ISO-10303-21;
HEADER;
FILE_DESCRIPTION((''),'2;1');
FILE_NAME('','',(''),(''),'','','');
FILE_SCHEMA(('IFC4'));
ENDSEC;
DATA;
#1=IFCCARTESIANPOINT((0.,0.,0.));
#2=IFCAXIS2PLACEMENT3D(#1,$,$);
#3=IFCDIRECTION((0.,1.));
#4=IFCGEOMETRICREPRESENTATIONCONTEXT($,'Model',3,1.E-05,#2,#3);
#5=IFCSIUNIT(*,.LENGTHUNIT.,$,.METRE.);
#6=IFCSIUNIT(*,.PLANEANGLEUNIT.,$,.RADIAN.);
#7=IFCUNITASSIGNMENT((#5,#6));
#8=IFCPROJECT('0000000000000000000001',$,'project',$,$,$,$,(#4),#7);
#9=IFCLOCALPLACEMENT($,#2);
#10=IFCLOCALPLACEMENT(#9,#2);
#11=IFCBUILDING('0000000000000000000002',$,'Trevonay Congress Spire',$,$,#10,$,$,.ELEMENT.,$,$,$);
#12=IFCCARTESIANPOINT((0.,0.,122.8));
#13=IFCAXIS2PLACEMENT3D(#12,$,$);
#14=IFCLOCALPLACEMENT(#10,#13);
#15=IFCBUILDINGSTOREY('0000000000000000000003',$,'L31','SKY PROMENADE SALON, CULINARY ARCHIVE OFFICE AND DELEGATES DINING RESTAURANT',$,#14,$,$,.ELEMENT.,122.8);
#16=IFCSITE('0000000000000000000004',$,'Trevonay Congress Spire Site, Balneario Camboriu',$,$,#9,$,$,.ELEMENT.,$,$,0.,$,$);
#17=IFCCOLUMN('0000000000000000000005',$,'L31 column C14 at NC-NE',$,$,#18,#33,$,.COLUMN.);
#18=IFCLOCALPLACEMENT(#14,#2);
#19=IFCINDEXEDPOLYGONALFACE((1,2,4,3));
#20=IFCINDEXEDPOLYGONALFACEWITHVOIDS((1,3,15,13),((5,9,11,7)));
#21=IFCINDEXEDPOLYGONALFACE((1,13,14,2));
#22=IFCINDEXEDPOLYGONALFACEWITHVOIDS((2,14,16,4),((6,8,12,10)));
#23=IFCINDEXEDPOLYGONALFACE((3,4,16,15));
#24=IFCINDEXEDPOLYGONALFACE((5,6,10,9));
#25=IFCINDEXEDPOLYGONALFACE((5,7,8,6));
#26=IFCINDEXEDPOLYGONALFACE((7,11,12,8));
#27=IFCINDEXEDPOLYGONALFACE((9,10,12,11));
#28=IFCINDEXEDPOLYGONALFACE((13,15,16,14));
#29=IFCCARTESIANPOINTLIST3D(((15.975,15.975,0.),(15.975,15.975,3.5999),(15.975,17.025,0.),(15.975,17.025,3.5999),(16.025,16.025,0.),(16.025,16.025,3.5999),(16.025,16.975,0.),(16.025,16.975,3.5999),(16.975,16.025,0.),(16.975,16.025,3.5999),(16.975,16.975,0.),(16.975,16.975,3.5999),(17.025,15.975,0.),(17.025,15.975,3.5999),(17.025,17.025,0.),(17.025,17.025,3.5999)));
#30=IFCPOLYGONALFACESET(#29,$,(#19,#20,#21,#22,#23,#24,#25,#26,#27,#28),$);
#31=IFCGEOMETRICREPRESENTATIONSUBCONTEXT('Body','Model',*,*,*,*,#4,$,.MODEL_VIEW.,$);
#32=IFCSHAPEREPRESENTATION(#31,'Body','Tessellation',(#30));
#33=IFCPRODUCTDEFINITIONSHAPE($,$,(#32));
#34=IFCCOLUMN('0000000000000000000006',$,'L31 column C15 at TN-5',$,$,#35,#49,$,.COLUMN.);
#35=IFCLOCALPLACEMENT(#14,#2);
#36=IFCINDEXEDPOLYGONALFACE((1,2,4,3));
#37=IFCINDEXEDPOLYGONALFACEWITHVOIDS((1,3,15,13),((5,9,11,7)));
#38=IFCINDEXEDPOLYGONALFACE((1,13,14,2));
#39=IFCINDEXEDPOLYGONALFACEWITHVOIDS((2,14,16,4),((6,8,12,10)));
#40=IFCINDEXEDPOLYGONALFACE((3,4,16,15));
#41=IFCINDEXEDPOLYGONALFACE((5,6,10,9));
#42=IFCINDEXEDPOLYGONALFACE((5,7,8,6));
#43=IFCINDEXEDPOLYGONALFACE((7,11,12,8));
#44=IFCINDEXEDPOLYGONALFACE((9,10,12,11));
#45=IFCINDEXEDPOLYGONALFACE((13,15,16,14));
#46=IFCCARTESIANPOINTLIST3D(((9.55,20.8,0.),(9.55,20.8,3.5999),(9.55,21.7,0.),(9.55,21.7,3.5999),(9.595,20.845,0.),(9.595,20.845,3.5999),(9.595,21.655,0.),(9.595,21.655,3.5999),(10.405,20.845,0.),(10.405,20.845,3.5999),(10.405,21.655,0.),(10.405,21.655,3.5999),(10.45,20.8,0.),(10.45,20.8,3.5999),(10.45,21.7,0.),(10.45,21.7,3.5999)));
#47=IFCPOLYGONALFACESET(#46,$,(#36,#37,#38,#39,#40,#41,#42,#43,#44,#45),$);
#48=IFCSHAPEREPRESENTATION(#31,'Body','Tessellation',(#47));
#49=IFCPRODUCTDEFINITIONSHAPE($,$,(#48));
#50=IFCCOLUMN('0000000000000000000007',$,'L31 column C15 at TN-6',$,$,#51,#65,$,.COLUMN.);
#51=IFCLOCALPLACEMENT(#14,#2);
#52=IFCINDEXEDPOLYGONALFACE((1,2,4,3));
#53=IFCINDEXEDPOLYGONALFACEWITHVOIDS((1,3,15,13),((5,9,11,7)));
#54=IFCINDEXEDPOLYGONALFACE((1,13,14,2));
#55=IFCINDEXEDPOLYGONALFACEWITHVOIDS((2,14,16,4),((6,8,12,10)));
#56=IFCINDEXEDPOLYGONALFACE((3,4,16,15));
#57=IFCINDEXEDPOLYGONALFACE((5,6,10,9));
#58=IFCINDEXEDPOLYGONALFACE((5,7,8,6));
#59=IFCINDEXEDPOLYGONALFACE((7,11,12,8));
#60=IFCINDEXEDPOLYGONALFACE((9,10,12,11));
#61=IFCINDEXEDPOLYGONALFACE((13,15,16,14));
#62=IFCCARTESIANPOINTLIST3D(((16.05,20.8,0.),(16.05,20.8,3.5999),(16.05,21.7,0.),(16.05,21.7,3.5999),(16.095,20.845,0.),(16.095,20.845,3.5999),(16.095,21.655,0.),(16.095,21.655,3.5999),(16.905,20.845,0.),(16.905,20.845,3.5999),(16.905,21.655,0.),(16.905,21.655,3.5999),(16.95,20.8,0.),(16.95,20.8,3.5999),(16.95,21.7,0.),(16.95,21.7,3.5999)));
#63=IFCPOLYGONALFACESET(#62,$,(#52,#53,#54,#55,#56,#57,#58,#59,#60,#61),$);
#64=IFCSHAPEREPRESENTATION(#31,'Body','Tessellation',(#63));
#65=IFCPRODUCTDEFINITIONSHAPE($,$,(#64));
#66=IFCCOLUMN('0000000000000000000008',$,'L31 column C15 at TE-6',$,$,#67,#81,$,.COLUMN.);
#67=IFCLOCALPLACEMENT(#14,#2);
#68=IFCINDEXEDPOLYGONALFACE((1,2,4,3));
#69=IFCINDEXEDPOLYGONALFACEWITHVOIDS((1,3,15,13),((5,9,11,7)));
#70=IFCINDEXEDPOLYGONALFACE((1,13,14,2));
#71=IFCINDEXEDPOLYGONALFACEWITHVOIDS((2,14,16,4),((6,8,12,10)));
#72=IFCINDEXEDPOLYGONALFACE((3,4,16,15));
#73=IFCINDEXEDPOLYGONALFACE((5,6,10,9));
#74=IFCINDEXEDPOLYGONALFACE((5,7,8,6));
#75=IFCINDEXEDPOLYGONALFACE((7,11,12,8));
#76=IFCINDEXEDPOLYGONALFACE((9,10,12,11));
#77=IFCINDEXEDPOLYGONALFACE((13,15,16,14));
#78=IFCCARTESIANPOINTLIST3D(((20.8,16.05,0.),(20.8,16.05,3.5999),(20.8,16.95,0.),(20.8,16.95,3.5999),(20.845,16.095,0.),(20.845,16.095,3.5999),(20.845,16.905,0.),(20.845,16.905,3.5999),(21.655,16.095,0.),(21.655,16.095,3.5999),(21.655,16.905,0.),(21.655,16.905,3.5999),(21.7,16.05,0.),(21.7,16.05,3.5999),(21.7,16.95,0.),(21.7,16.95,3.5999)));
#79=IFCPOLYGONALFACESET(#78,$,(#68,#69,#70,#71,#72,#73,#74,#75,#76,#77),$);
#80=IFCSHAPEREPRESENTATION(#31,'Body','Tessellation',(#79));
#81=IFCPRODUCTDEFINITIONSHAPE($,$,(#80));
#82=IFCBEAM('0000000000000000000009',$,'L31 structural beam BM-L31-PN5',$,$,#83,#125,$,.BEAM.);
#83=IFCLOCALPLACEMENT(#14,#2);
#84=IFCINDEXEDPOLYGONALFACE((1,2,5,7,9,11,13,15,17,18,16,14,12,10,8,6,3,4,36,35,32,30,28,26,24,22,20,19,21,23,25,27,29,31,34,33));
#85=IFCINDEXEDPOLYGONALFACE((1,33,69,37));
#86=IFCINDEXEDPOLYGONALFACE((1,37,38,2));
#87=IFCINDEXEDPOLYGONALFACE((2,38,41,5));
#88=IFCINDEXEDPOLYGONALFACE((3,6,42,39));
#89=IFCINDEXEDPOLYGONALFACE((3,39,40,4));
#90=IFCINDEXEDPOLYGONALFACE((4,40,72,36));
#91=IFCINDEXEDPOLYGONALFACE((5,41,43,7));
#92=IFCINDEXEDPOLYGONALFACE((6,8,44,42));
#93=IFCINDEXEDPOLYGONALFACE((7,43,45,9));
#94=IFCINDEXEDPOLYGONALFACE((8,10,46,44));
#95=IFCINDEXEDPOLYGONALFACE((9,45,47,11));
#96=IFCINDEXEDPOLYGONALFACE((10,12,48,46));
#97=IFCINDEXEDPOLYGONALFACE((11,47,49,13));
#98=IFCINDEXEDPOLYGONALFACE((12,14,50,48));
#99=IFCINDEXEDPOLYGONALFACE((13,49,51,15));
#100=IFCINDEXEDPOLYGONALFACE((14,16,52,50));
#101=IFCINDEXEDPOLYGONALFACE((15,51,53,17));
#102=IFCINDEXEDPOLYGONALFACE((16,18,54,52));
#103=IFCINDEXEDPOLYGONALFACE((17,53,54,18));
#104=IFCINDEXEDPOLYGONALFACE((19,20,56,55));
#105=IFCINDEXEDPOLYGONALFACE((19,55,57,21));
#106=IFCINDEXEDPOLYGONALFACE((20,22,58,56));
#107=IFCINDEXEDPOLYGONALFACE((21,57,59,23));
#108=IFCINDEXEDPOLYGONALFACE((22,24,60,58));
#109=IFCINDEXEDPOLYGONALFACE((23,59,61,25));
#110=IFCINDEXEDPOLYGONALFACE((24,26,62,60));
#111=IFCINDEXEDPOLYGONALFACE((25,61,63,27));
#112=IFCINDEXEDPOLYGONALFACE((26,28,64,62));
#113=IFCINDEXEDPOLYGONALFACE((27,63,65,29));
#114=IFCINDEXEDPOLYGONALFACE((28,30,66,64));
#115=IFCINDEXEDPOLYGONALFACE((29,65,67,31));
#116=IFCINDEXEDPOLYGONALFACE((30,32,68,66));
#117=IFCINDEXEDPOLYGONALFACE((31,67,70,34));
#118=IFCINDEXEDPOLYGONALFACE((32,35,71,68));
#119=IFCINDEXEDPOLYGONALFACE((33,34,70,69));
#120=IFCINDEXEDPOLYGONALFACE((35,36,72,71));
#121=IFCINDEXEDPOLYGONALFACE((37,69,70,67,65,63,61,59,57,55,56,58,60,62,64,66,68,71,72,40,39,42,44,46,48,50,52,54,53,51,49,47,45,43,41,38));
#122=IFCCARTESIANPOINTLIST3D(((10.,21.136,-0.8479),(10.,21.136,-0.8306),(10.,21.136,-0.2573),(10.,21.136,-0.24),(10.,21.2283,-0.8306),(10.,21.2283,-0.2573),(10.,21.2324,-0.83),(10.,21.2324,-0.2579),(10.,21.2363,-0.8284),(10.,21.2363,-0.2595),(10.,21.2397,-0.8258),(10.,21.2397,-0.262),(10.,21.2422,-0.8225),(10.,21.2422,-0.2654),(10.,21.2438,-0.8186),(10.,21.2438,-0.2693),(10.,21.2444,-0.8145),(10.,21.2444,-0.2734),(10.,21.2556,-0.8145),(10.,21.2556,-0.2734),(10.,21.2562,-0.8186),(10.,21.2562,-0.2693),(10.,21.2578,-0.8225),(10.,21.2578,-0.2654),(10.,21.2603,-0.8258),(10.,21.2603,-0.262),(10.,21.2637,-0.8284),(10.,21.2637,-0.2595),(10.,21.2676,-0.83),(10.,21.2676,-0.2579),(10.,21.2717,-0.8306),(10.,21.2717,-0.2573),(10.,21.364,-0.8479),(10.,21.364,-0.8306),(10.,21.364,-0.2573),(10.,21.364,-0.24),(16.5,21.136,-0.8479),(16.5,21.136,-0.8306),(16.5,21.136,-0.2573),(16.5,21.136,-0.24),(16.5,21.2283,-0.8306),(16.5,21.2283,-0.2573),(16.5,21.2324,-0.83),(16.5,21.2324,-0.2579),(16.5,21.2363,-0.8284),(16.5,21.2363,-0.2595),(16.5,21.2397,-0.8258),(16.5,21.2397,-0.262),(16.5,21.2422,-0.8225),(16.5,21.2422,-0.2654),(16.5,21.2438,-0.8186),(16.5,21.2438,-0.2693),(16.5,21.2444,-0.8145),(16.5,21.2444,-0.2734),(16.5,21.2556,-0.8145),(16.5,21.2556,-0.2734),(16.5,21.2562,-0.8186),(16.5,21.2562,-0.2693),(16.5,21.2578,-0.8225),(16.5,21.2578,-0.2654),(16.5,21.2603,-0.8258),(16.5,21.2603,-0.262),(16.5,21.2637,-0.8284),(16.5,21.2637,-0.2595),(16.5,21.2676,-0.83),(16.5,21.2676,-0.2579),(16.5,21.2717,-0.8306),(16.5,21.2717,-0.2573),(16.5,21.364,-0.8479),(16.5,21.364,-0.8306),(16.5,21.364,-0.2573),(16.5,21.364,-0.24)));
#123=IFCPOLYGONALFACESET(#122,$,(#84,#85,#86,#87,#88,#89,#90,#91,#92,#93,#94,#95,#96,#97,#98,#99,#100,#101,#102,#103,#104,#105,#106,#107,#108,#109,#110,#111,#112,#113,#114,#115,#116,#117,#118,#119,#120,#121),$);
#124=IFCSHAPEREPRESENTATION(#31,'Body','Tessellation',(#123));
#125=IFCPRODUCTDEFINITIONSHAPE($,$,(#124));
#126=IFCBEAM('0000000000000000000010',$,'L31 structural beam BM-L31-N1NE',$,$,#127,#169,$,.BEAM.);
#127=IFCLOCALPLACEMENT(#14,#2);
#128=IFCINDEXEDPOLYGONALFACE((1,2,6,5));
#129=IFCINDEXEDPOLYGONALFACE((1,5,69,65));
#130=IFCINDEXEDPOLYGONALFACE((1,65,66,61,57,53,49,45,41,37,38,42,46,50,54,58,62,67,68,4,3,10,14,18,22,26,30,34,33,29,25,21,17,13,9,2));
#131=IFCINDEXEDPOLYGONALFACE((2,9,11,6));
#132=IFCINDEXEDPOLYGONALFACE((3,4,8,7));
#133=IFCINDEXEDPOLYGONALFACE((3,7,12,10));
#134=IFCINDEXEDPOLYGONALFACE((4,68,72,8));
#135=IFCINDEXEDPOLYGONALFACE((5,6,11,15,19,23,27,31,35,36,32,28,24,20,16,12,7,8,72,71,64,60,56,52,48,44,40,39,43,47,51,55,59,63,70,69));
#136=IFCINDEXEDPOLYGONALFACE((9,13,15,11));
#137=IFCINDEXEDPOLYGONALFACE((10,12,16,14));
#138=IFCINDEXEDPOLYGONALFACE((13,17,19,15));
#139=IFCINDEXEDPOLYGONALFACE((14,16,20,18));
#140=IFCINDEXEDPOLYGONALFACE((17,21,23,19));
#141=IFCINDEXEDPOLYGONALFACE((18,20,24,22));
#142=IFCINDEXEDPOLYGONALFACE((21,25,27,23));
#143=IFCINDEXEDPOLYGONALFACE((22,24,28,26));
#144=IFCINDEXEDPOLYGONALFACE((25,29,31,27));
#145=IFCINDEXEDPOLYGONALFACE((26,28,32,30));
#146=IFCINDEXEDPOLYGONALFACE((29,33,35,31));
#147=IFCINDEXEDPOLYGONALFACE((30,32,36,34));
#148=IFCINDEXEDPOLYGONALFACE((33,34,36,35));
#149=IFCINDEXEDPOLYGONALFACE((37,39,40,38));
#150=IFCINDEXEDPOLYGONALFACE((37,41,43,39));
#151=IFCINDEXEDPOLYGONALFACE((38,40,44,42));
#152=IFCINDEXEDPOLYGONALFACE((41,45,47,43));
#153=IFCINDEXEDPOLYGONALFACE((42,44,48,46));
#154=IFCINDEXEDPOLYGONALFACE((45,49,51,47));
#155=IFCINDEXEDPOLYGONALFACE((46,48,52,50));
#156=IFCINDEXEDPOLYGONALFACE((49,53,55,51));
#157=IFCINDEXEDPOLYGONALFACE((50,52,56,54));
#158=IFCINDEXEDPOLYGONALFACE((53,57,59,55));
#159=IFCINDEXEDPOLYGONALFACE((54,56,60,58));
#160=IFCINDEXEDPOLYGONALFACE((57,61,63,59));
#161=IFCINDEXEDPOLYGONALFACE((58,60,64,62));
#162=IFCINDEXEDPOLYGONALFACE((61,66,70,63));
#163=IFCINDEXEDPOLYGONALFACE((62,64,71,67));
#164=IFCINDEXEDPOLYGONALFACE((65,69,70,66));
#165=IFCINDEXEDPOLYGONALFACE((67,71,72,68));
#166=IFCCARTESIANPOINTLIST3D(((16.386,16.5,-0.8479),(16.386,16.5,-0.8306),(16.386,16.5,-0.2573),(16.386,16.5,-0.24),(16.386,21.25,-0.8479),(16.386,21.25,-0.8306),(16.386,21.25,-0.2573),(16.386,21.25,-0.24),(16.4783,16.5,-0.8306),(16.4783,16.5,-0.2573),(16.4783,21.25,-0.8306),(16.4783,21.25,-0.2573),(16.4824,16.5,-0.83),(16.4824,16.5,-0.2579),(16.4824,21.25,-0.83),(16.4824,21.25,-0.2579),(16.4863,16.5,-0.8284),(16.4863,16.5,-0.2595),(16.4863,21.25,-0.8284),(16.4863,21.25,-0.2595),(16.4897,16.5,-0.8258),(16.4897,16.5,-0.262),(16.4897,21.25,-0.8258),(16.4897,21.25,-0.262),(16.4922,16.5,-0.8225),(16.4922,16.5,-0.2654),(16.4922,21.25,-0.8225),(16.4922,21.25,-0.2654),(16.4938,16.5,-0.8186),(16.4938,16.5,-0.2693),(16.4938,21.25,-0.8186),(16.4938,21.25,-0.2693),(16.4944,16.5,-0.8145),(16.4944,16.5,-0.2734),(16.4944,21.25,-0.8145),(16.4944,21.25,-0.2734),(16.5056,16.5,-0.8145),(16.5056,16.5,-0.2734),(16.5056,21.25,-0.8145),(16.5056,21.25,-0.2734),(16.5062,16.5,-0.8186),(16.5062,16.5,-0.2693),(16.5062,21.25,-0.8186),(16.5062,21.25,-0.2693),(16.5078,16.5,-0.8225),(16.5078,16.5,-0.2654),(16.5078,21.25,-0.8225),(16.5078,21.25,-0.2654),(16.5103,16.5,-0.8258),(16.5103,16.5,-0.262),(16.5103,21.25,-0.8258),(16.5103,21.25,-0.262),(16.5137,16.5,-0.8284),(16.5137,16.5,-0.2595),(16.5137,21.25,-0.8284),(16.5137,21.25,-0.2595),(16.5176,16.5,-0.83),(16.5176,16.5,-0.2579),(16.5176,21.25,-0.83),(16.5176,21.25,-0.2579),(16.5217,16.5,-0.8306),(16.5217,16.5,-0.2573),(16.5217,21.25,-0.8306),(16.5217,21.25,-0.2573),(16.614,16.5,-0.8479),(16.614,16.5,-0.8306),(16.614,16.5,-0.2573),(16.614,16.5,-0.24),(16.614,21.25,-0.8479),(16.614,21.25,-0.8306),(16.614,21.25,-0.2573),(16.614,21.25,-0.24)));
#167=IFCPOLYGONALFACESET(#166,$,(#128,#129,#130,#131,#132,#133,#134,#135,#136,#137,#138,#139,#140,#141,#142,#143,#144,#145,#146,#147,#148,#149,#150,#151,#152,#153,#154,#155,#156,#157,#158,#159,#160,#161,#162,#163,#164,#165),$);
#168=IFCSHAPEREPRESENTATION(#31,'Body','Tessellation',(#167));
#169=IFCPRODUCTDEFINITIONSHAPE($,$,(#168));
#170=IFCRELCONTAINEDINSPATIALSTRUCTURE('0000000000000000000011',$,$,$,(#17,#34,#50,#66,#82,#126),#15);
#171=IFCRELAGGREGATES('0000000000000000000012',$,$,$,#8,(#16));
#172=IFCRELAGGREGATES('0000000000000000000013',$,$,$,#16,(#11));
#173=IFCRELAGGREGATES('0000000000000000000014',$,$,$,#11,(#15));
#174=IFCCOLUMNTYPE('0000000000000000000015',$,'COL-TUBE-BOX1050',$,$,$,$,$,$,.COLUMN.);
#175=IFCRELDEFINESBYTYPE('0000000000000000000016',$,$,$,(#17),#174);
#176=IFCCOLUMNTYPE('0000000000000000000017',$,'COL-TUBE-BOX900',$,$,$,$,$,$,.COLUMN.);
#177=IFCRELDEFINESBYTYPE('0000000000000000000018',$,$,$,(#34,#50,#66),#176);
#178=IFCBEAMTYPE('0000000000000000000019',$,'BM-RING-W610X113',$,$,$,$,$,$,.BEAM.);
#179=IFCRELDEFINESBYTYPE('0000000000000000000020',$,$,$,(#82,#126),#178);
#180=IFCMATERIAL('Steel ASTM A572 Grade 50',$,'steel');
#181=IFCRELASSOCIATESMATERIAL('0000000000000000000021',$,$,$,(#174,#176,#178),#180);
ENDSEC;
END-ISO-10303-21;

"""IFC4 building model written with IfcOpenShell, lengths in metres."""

from ifc_helpers import new_model, si_unit, direction, frame, origin, origin_2d, place, context, subcontext, project, spatial, hollow_rectangle, i_section, extrude, material, material_profile, profile_set, type_object, element, save


model = new_model("IFC4")

# Units and contexts
model_context = context("Model", 3, precision=1e-05, world=origin(), true_north=direction((0.0, 1.0)))
body_context = subcontext(model_context, "Body", "Model", "MODEL_VIEW")
ifc_project = project(units=[si_unit("LENGTHUNIT", "METRE"), si_unit("PLANEANGLEUNIT", "RADIAN")], contexts=[model_context])

# Site, building, storey
site_placement = place(None, origin())
site = spatial("IfcSite", under=ifc_project, at=site_placement, Name="Trevonay Congress Spire Site, Balneario Camboriu", CompositionType="ELEMENT", RefElevation=0.0)
building_placement = place(site_placement, origin())
building = spatial("IfcBuilding", under=site, at=building_placement, Name="Trevonay Congress Spire", CompositionType="ELEMENT")
storey_placement = place(building_placement, frame((0.0, 0.0, 122.8)))
storey = spatial("IfcBuildingStorey", under=building, at=storey_placement, Name="L31", Description="SKY PROMENADE SALON, CULINARY ARCHIVE OFFICE AND DELEGATES DINING RESTAURANT", CompositionType="ELEMENT", Elevation=122.8)

# Columns
ifc_material_1 = material(Name="Steel ASTM A572 Grade 50", Category="steel")
ifc_material_profile_1 = material_profile(ifc_material_1, hollow_rectangle(XDim=1.05, YDim=1.05, WallThickness=0.05, at=origin_2d()), Name="BOX 1050x1050x50")
ifc_profile_set_1 = profile_set([ifc_material_profile_1], Name="Steel ASTM A572 Grade 50")
column_type_1 = type_object("IfcColumnType", Name="COL-TUBE-BOX1050", PredefinedType="COLUMN", material=ifc_profile_set_1)
column_placement = place(storey_placement, frame((16.5, 16.5, 0.0), z_axis=(0.0, 0.0, 1.0), x_axis=(1.0, 0.0, 0.0)))
element("IfcColumn", 1, at=column_placement, inside=storey, type_object=column_type_1, Name="L31 column C14 at NC-NE", PredefinedType="COLUMN", context=body_context, shape_type="SweptSolid", body=[
    extrude(hollow_rectangle(XDim=1.05, YDim=1.05, WallThickness=0.05, at=origin_2d()), origin(), (0.0, 0.0, 1.0), 3.5999),
])
ifc_material_profile_2 = material_profile(ifc_material_1, hollow_rectangle(XDim=0.8999, YDim=0.8999, WallThickness=0.0449, at=origin_2d()), Name="BOX 900x900x45")
ifc_profile_set_2 = profile_set([ifc_material_profile_2], Name="Steel ASTM A572 Grade 50")
column_type_2 = type_object("IfcColumnType", Name="COL-TUBE-BOX900", PredefinedType="COLUMN", material=ifc_profile_set_2)
for number, where, z_axis, x_axis, name in (
    (2, (10.0, 21.25, 0.0), (0.0, 0.0, 1.0), (1.0, 0.0, 0.0), "L31 column C15 at TN-5"),
    (3, (16.5, 21.25, 0.0), (0.0, 0.0, 1.0), (1.0, 0.0, 0.0), "L31 column C15 at TN-6"),
    (4, (21.25, 16.5, 0.0), (0.0, 0.0, 1.0), (1.0, 0.0, 0.0), "L31 column C15 at TE-6"),
):
    element("IfcColumn", number, at=place(storey_placement, frame(where, z_axis=z_axis, x_axis=x_axis)), inside=storey, type_object=column_type_2, Name=name, PredefinedType="COLUMN", context=body_context, shape_type="SweptSolid", body=[
        extrude(hollow_rectangle(XDim=0.8999, YDim=0.8999, WallThickness=0.0449, at=origin_2d()), origin(), (0.0, 0.0, 1.0), 3.5999),
    ])

# Beams
ifc_material_profile_3 = material_profile(ifc_material_1, i_section(OverallWidth=0.228, OverallDepth=0.6079, WebThickness=0.0112, FlangeThickness=0.0173, FilletRadius=0.0161, at=origin_2d()), Name="W610x113")
ifc_profile_set_3 = profile_set([ifc_material_profile_3], Name="Steel ASTM A572 Grade 50")
beam_type = type_object("IfcBeamType", Name="BM-RING-W610X113", PredefinedType="BEAM", material=ifc_profile_set_3)
beam_placement = place(storey_placement, frame((10.0, 21.25, -0.5439), z_axis=(1.0, 0.0, 0.0), x_axis=(0.0, 1.0, 0.0)))
element("IfcBeam", 5, at=beam_placement, inside=storey, type_object=beam_type, Name="L31 structural beam BM-L31-PN5", PredefinedType="BEAM", context=body_context, shape_type="SweptSolid", body=[
    extrude(i_section(OverallWidth=0.228, OverallDepth=0.6079, WebThickness=0.0112, FlangeThickness=0.0173, FilletRadius=0.0161, at=origin_2d()), origin(), (0.0, 0.0, 1.0), 6.5),
])
for number, where, z_axis, x_axis, name in (
    (6, (16.5, 21.25, -0.5439), (0.0, -1.0, 0.0), (1.0, 0.0, 0.0), "L31 structural beam BM-L31-N1NE"),
):
    element("IfcBeam", number, at=place(storey_placement, frame(where, z_axis=z_axis, x_axis=x_axis)), inside=storey, type_object=beam_type, Name=name, PredefinedType="BEAM", context=body_context, shape_type="SweptSolid", body=[
        extrude(i_section(OverallWidth=0.228, OverallDepth=0.6079, WebThickness=0.0112, FlangeThickness=0.0173, FilletRadius=0.0161, at=origin_2d()), origin(), (0.0, 0.0, 1.0), 4.75),
    ])

save(model, "model.ifc")
